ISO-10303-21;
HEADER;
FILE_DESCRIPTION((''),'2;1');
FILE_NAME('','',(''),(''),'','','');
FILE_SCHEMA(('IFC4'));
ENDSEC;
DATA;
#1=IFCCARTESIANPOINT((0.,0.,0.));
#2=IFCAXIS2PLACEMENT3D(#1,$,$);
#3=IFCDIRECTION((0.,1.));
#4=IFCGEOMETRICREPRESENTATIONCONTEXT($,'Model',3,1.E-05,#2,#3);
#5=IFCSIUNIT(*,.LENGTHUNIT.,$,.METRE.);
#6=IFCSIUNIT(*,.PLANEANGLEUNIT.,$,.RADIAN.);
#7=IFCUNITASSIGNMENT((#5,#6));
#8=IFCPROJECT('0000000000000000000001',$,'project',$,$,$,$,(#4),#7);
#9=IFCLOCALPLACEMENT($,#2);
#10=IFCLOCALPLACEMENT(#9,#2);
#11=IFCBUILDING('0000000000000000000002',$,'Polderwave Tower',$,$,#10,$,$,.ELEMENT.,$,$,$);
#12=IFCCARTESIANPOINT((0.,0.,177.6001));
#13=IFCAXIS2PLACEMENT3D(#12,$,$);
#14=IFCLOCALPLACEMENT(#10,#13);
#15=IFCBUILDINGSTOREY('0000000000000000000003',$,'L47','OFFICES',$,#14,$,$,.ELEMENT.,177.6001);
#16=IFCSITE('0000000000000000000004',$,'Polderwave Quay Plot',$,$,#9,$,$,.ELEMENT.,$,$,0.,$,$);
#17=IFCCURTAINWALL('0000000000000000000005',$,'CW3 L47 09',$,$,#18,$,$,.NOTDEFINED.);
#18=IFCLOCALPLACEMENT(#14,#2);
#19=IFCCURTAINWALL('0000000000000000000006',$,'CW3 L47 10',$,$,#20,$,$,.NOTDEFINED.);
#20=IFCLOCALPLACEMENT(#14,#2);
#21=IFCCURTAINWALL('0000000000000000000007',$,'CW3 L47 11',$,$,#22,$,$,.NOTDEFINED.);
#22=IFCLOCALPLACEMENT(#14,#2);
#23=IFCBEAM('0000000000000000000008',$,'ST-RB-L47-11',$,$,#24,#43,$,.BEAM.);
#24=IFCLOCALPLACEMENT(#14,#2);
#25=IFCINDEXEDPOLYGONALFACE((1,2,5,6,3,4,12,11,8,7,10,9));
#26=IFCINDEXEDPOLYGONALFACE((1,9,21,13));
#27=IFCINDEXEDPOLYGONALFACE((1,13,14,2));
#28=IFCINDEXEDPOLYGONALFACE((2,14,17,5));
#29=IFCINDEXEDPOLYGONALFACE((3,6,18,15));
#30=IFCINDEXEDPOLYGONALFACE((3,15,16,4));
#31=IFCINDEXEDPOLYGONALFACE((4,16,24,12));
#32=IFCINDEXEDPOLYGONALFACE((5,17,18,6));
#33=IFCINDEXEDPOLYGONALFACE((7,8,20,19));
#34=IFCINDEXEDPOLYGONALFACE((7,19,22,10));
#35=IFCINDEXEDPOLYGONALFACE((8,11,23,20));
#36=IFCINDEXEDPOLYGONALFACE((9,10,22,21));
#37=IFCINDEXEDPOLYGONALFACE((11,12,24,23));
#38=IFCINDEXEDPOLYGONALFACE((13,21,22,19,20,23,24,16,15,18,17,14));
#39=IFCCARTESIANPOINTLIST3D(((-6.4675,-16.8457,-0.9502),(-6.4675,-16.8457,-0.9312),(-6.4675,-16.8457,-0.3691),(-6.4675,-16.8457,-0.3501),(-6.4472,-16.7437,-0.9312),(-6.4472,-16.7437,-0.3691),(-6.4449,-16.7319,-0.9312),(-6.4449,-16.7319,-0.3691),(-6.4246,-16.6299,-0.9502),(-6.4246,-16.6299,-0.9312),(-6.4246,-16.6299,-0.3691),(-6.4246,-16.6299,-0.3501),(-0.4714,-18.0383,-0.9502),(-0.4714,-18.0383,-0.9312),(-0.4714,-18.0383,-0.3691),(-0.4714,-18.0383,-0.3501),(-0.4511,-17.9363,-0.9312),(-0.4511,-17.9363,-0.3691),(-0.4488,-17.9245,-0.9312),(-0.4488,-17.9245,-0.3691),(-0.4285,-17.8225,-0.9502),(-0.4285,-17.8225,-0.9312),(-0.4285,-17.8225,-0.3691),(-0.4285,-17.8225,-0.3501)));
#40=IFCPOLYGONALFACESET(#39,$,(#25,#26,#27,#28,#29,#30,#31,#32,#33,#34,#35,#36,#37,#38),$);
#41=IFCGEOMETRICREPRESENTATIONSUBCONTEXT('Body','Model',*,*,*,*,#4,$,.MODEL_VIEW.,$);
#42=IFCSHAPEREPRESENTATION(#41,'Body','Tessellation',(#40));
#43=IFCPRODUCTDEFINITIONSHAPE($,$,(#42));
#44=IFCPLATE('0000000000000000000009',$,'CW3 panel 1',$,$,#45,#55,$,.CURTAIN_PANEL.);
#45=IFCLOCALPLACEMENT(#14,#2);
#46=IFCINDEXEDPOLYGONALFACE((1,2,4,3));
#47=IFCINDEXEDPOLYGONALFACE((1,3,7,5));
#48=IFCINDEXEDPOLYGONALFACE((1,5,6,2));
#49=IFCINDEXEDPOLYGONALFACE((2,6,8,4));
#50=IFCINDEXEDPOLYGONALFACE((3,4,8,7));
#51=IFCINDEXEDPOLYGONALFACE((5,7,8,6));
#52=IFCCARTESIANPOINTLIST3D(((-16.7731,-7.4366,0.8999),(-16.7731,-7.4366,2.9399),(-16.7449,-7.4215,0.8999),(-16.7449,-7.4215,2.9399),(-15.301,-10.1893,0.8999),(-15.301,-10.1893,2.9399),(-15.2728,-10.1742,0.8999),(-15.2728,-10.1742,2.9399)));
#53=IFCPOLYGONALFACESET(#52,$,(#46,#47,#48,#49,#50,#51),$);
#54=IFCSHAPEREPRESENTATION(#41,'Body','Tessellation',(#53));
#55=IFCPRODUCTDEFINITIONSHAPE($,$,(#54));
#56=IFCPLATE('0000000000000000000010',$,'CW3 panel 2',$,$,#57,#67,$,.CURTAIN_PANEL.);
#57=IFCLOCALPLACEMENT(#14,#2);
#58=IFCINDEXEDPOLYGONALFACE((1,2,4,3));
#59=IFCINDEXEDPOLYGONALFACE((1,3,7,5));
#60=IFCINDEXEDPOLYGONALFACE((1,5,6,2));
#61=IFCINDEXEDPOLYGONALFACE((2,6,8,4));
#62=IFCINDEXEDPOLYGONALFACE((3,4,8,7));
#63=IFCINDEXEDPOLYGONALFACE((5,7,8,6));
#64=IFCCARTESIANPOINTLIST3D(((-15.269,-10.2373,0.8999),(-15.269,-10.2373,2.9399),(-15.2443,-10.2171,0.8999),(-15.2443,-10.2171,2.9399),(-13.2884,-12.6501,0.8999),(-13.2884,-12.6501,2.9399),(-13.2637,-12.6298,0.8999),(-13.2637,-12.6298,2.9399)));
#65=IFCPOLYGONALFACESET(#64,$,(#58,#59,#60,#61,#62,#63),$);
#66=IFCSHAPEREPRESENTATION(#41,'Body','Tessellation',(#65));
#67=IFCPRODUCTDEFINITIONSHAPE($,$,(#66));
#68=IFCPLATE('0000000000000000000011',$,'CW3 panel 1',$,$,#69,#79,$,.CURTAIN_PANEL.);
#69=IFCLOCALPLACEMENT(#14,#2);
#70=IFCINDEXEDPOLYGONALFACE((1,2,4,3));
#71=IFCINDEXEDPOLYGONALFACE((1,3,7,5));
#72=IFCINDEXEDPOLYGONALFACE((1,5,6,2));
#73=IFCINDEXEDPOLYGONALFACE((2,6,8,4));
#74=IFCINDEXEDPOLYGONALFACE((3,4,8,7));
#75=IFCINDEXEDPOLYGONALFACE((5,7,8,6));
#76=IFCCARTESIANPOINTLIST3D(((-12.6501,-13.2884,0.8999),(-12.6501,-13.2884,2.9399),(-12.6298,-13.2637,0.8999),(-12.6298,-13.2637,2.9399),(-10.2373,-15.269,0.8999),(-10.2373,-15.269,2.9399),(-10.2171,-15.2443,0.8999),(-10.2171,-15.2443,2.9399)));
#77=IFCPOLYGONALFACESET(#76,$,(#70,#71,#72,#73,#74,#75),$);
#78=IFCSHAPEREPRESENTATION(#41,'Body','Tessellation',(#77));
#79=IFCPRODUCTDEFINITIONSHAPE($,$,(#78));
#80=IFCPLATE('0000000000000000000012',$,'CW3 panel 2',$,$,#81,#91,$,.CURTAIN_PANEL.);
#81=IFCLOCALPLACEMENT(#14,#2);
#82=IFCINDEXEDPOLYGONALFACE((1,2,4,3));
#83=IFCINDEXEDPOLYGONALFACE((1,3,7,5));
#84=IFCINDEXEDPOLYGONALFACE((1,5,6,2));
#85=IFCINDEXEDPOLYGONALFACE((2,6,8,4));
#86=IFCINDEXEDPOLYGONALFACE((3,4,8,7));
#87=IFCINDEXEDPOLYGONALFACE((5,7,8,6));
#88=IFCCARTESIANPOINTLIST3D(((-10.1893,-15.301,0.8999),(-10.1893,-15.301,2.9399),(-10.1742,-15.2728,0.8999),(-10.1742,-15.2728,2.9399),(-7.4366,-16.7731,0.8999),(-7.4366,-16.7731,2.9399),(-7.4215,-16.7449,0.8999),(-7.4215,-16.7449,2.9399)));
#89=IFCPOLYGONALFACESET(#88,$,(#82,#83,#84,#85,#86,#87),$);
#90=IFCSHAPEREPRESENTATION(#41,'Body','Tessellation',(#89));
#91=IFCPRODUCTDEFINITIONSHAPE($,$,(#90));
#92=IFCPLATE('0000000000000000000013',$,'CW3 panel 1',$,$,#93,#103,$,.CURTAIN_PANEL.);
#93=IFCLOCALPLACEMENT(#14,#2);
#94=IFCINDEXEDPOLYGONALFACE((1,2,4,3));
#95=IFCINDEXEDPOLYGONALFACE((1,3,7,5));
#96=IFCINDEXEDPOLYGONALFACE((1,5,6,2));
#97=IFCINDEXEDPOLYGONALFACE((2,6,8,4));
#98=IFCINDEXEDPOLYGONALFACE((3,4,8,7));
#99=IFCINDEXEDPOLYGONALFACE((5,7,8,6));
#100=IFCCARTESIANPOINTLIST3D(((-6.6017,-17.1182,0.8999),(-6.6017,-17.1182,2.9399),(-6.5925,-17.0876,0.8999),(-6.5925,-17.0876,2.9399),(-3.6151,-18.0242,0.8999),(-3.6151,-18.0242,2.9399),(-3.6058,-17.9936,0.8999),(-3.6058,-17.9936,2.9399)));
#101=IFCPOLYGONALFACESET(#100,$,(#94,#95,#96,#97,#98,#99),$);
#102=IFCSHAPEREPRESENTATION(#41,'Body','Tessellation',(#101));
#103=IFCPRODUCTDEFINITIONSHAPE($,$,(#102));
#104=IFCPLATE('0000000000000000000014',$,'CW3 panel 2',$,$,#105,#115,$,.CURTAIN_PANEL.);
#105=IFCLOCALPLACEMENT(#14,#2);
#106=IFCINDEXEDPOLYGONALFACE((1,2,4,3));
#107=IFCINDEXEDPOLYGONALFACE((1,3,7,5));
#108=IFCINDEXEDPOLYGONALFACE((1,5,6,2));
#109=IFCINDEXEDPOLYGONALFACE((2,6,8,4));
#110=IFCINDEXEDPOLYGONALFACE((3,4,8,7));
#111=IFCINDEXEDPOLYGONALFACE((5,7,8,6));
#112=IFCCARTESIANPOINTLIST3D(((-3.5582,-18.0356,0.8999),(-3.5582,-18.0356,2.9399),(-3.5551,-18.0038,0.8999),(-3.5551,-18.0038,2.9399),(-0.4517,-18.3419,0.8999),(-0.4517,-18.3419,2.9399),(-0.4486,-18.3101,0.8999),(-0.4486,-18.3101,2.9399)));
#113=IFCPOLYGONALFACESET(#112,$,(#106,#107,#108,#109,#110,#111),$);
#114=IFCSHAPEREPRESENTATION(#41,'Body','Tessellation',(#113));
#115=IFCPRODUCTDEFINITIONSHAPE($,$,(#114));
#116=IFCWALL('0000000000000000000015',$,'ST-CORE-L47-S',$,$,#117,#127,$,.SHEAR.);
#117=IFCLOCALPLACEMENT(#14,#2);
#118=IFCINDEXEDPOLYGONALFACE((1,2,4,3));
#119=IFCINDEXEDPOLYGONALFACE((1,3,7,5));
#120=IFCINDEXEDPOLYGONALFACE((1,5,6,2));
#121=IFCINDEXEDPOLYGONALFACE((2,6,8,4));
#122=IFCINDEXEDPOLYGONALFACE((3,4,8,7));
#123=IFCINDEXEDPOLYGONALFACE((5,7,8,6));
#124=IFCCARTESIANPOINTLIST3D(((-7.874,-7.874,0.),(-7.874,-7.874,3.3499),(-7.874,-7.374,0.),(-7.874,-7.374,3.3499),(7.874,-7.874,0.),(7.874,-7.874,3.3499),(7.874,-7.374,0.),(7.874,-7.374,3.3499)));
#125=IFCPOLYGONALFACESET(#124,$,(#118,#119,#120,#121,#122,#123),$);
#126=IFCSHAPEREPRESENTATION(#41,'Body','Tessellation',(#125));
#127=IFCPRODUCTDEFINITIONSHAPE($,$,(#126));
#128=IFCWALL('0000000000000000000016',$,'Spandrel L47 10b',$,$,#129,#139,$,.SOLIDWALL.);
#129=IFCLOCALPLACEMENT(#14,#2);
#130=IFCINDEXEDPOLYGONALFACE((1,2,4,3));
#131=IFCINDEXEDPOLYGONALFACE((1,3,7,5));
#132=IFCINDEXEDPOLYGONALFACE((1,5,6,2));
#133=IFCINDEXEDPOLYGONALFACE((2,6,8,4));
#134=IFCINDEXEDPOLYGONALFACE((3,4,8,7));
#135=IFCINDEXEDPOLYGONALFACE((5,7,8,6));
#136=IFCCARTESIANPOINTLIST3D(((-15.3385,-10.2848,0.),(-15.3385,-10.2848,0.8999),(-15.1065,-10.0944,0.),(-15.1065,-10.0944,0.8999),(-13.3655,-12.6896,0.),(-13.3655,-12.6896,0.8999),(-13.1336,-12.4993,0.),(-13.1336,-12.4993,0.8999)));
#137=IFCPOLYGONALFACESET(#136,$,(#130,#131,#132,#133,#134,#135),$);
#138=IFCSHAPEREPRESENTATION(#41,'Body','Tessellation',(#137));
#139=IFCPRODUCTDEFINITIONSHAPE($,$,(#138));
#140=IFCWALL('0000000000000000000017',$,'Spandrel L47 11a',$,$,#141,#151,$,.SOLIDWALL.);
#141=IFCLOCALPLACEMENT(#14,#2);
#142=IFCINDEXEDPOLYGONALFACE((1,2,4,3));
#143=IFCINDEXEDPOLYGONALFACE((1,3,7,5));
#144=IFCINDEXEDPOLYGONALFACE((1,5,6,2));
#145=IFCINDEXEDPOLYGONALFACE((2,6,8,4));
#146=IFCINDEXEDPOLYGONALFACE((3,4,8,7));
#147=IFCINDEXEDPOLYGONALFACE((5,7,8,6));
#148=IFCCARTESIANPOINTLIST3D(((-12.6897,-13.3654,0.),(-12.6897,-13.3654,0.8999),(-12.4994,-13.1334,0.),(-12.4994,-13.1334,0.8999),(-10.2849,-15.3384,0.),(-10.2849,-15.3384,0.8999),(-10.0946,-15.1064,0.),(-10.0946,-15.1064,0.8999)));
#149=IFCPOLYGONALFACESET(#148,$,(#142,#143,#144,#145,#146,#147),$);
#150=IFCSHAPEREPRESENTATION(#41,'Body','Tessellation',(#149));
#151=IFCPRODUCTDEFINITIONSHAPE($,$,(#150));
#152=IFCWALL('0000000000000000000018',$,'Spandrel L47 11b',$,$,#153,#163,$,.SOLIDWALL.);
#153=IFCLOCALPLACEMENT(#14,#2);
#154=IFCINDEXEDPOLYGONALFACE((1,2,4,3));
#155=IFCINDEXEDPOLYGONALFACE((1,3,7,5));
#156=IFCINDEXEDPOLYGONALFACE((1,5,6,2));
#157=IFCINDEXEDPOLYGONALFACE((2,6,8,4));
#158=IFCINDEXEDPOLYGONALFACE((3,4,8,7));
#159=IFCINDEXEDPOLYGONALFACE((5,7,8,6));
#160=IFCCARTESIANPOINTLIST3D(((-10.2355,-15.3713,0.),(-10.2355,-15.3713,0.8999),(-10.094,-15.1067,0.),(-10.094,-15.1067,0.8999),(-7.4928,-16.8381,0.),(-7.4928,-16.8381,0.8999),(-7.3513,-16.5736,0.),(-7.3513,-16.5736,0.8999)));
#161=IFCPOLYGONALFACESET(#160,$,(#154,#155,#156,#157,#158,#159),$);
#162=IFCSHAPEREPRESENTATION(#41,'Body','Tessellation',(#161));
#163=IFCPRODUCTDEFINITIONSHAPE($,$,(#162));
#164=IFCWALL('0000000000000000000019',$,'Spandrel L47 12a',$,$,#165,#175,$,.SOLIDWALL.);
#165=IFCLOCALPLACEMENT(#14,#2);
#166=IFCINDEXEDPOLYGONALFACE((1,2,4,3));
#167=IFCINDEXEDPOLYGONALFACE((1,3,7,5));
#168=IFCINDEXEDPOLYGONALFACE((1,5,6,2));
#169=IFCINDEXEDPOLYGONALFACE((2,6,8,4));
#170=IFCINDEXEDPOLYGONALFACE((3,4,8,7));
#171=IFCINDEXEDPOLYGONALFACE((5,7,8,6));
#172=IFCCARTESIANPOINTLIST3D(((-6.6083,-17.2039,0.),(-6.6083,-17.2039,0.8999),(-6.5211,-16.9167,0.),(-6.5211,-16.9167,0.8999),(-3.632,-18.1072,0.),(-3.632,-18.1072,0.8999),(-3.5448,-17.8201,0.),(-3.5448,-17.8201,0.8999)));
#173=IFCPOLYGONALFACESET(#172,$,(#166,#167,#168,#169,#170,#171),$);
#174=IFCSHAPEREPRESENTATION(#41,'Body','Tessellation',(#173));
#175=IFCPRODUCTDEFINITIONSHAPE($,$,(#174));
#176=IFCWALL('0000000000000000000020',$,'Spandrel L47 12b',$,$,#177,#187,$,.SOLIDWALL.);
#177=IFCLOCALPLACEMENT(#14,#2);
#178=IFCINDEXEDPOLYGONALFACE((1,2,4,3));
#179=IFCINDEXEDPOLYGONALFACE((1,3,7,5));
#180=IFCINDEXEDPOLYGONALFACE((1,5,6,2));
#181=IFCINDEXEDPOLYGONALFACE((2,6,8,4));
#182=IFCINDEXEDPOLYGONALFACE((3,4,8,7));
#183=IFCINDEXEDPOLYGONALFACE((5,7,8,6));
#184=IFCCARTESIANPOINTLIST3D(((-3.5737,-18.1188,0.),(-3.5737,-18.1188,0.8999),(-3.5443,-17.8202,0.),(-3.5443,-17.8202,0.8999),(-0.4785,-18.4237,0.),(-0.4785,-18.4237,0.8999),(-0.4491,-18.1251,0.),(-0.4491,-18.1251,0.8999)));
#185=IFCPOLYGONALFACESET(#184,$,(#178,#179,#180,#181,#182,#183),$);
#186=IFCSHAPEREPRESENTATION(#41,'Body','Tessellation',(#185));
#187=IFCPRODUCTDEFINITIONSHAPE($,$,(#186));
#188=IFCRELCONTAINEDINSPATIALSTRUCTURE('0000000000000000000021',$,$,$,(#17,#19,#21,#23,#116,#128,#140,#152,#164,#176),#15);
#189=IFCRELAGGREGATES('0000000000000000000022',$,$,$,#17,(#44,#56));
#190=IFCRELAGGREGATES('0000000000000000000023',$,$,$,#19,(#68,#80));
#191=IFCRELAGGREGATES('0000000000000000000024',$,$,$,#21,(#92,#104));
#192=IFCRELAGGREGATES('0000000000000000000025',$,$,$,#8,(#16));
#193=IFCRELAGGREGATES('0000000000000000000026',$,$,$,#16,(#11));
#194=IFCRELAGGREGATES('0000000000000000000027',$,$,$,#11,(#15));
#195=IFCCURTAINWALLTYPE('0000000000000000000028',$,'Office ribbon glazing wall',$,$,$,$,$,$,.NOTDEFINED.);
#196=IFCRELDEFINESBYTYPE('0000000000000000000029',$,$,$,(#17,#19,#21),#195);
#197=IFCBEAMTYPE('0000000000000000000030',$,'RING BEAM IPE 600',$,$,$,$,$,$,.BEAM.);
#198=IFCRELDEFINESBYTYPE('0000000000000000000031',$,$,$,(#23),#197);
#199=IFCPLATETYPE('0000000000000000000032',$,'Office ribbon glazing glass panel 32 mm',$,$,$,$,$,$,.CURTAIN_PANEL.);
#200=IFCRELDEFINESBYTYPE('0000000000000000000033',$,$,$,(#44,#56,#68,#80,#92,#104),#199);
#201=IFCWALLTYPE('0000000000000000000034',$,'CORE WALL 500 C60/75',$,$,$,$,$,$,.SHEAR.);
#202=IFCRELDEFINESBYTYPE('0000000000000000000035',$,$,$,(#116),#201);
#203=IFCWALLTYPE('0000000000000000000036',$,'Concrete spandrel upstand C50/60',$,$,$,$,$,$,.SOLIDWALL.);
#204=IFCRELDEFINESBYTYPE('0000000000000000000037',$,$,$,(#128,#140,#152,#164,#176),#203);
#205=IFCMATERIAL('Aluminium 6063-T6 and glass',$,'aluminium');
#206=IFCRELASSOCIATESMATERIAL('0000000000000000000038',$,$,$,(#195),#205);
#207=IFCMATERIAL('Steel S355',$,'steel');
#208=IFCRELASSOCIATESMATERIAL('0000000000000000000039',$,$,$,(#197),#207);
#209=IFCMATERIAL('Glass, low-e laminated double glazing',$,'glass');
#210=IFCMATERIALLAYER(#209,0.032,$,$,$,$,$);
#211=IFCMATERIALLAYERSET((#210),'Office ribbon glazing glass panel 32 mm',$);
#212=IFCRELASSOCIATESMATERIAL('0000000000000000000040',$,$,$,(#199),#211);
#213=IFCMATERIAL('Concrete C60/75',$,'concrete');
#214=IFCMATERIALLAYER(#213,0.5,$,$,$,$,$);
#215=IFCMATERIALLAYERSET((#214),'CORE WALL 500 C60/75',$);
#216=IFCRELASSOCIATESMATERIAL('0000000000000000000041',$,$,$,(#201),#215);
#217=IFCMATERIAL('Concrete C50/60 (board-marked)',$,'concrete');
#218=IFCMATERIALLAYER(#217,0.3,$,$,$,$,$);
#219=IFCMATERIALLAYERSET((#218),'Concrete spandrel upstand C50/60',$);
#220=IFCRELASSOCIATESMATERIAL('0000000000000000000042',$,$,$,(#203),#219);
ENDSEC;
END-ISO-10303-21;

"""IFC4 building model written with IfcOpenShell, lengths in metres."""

from ifc_helpers import new_model, si_unit, direction, frame, frame_2d, origin, origin_2d, place, context, subcontext, project, spatial, rectangle, i_section, extrude, material, layer, layer_set, material_profile, profile_set, type_object, element, aggregate, save


model = new_model("IFC4")

# Units and contexts
model_context = context("Model", 3, precision=1e-05, world=origin(), true_north=direction((0.0, 1.0)))
body_context = subcontext(model_context, "Body", "Model", "MODEL_VIEW")
ifc_project = project(units=[si_unit("LENGTHUNIT", "METRE"), si_unit("PLANEANGLEUNIT", "RADIAN")], contexts=[model_context])

# Site, building, storey
site_placement = place(None, origin())
site = spatial("IfcSite", under=ifc_project, at=site_placement, Name="Polderwave Quay Plot", CompositionType="ELEMENT", RefElevation=0.0)
building_placement = place(site_placement, origin())
building = spatial("IfcBuilding", under=site, at=building_placement, Name="Polderwave Tower", CompositionType="ELEMENT")
storey_placement = place(building_placement, frame((0.0, 0.0, 177.6001)))
storey = spatial("IfcBuildingStorey", under=building, at=storey_placement, Name="L47", Description="OFFICES", CompositionType="ELEMENT", Elevation=177.6001)

# Shared definitions
ifc_material_1 = material(Name="Concrete C60/75", Category="concrete")

# Curtain walls
ifc_material_2 = material(Name="Aluminium 6063-T6 and glass", Category="aluminium")
curtain_wall_type = type_object("IfcCurtainWallType", Name="Office ribbon glazing wall", PredefinedType="NOTDEFINED", material=ifc_material_2)
curtain_wall_1_placement = place(storey_placement, origin())
curtain_wall_1 = element("IfcCurtainWall", 1, at=curtain_wall_1_placement, inside=storey, type_object=curtain_wall_type, Name="CW3 L47 09", PredefinedType="NOTDEFINED")
curtain_wall_2_placement = place(storey_placement, origin())
curtain_wall_2 = element("IfcCurtainWall", 2, at=curtain_wall_2_placement, inside=storey, type_object=curtain_wall_type, Name="CW3 L47 10", PredefinedType="NOTDEFINED")
curtain_wall_3_placement = place(storey_placement, origin())
curtain_wall_3 = element("IfcCurtainWall", 3, at=curtain_wall_3_placement, inside=storey, type_object=curtain_wall_type, Name="CW3 L47 11", PredefinedType="NOTDEFINED")

# Beam
ifc_material_3 = material(Name="Steel S355", Category="steel")
ifc_material_profile_1 = material_profile(ifc_material_3, i_section(OverallWidth=0.22, OverallDepth=0.6001, WebThickness=0.012, FlangeThickness=0.019, at=origin_2d()), Name="IPE 600")
ifc_profile_set_1 = profile_set([ifc_material_profile_1], Name="Steel S355")
beam_type = type_object("IfcBeamType", Name="RING BEAM IPE 600", PredefinedType="BEAM", material=ifc_profile_set_1)
for number, where, z_axis, x_axis, name in (
    (4, (-6.446, -16.7378, -0.6501), (0.980787, -0.195079, 0.0), (0.195079, 0.980787, 0.0), "ST-RB-L47-11"),
):
    element("IfcBeam", number, at=place(storey_placement, frame(where, z_axis=z_axis, x_axis=x_axis)), inside=storey, type_object=beam_type, Name=name, PredefinedType="BEAM", context=body_context, shape_type="SweptSolid", body=[
        extrude(i_section(OverallWidth=0.22, OverallDepth=0.6001, WebThickness=0.012, FlangeThickness=0.019, at=origin_2d()), origin(), (0.0, 0.0, 1.0), 6.1135),
    ])

# Plates
ifc_material_4 = material(Name="Glass, low-e laminated double glazing", Category="glass")
ifc_layer_1 = layer(ifc_material_4, 0.032)
ifc_layer_set_1 = layer_set([ifc_layer_1], Name="Office ribbon glazing glass panel 32 mm")
plate_type = type_object("IfcPlateType", Name="Office ribbon glazing glass panel 32 mm", PredefinedType="CURTAIN_PANEL", material=ifc_layer_set_1)
plate_1_placement = place(storey_placement, frame((-16.0229, -8.8054, 0.8999), z_axis=(0.0, 0.0, 1.0), x_axis=(0.47156, -0.881834, 0.0)))
plate_1 = element("IfcPlate", 5, at=plate_1_placement, type_object=plate_type, Name="CW3 panel 1", PredefinedType="CURTAIN_PANEL", context=body_context, shape_type="SweptSolid", body=[
    extrude(rectangle(XDim=3.1216, YDim=0.032, at=origin_2d()), origin(), (0.0, 0.0, 1.0), 2.04),
])
plate_2_placement = place(storey_placement, frame((-14.2664, -11.4336, 0.8999), z_axis=(0.0, 0.0, 1.0), x_axis=(0.634482, -0.772937, 0.0)))
plate_2 = element("IfcPlate", 6, at=plate_2_placement, type_object=plate_type, Name="CW3 panel 2", PredefinedType="CURTAIN_PANEL", context=body_context, shape_type="SweptSolid", body=[
    extrude(rectangle(XDim=3.1216, YDim=0.032, at=origin_2d()), origin(), (0.0, 0.0, 1.0), 2.04),
])
aggregate(curtain_wall_1, [plate_1, plate_2])
plate_3_placement = place(storey_placement, frame((-11.4336, -14.2664, 0.8999), z_axis=(0.0, 0.0, 1.0), x_axis=(0.772937, -0.634482, 0.0)))
plate_3 = element("IfcPlate", 7, at=plate_3_placement, type_object=plate_type, Name="CW3 panel 1", PredefinedType="CURTAIN_PANEL", context=body_context, shape_type="SweptSolid", body=[
    extrude(rectangle(XDim=3.1216, YDim=0.032, at=origin_2d()), origin(), (0.0, 0.0, 1.0), 2.04),
])
plate_4_placement = place(storey_placement, frame((-8.8054, -16.0229, 0.8999), z_axis=(0.0, 0.0, 1.0), x_axis=(0.881834, -0.47156, 0.0)))
plate_4 = element("IfcPlate", 8, at=plate_4_placement, type_object=plate_type, Name="CW3 panel 2", PredefinedType="CURTAIN_PANEL", context=body_context, shape_type="SweptSolid", body=[
    extrude(rectangle(XDim=3.1216, YDim=0.032, at=origin_2d()), origin(), (0.0, 0.0, 1.0), 2.04),
])
aggregate(curtain_wall_2, [plate_3, plate_4])
plate_5_placement = place(storey_placement, frame((-5.1038, -17.5559, 0.8999), z_axis=(0.0, 0.0, 1.0), x_axis=(0.956939, -0.29029, 0.0)))
plate_5 = element("IfcPlate", 9, at=plate_5_placement, type_object=plate_type, Name="CW3 panel 1", PredefinedType="CURTAIN_PANEL", context=body_context, shape_type="SweptSolid", body=[
    extrude(rectangle(XDim=3.1211, YDim=0.032, at=origin_2d()), origin(), (0.0, 0.0, 1.0), 2.04),
])
plate_6_placement = place(storey_placement, frame((-2.0034, -18.1729, 0.8999), z_axis=(0.0, 0.0, 1.0), x_axis=(0.995175, -0.09812, 0.0)))
plate_6 = element("IfcPlate", 10, at=plate_6_placement, type_object=plate_type, Name="CW3 panel 2", PredefinedType="CURTAIN_PANEL", context=body_context, shape_type="SweptSolid", body=[
    extrude(rectangle(XDim=3.1216, YDim=0.032, at=origin_2d()), origin(), (0.0, 0.0, 1.0), 2.04),
])
aggregate(curtain_wall_3, [plate_5, plate_6])

# Walls
ifc_layer_2 = layer(ifc_material_1, 0.5)
ifc_layer_set_2 = layer_set([ifc_layer_2], Name="CORE WALL 500 C60/75")
wall_type_1 = type_object("IfcWallType", Name="CORE WALL 500 C60/75", PredefinedType="SHEAR", material=ifc_layer_set_2)
wall_1_placement = place(storey_placement, frame((-7.874, -7.624, 0.0), z_axis=(0.0, 0.0, 1.0), x_axis=(1.0, 0.0, 0.0)))
element("IfcWall", 11, at=wall_1_placement, inside=storey, type_object=wall_type_1, Name="ST-CORE-L47-S", PredefinedType="SHEAR", context=body_context, shape_type="SweptSolid", body=[
    extrude(rectangle(XDim=15.748, YDim=0.5, at=frame_2d((7.874, 0.0))), origin(), (0.0, 0.0, 1.0), 3.3499),
])
ifc_material_5 = material(Name="Concrete C50/60 (board-marked)", Category="concrete")
ifc_layer_3 = layer(ifc_material_5, 0.3)
ifc_layer_set_3 = layer_set([ifc_layer_3], Name="Concrete spandrel upstand C50/60")
wall_type_2 = type_object("IfcWallType", Name="Concrete spandrel upstand C50/60", PredefinedType="SOLIDWALL", material=ifc_layer_set_3)
for number, where, z_axis, x_axis, name in (
    (12, (-15.2224, -10.1897, 0.0), (0.0, 0.0, 1.0), (0.634267, -0.773114, 0.0), "Spandrel L47 10b"),
    (13, (-12.5945, -13.2495, 0.0), (0.0, 0.0, 1.0), (0.773114, -0.634267, 0.0), "Spandrel L47 11a"),
):
    element("IfcWall", number, at=place(storey_placement, frame(where, z_axis=z_axis, x_axis=x_axis)), inside=storey, type_object=wall_type_2, Name=name, PredefinedType="SOLIDWALL", context=body_context, shape_type="SweptSolid", body=[
        extrude(rectangle(XDim=3.1106, YDim=0.3, at=frame_2d((1.5552, 0.0))), origin(), (0.0, 0.0, 1.0), 0.8999),
    ])
for number, where, z_axis, x_axis, name in (
    (14, (-10.1648, -15.239, 0.0), (0.0, 0.0, 1.0), (0.881813, -0.471598, 0.0), "Spandrel L47 11b"),
    (15, (-6.5647, -17.0603, 0.0), (0.0, 0.0, 1.0), (0.956899, -0.290421, 0.0), "Spandrel L47 12a"),
):
    element("IfcWall", number, at=place(storey_placement, frame(where, z_axis=z_axis, x_axis=x_axis)), inside=storey, type_object=wall_type_2, Name=name, PredefinedType="SOLIDWALL", context=body_context, shape_type="SweptSolid", body=[
        extrude(rectangle(XDim=3.1104, YDim=0.3, at=frame_2d((1.5552, 0.0))), origin(), (0.0, 0.0, 1.0), 0.8999),
    ])
wall_2_placement = place(storey_placement, frame((-3.5591, -17.9695, 0.0), z_axis=(0.0, 0.0, 1.0), x_axis=(0.995182, -0.098042, 0.0)))
element("IfcWall", 16, at=wall_2_placement, inside=storey, type_object=wall_type_2, Name="Spandrel L47 12b", PredefinedType="SOLIDWALL", context=body_context, shape_type="SweptSolid", body=[
    extrude(rectangle(XDim=3.1101, YDim=0.3, at=frame_2d((1.5552, 0.0))), origin(), (0.0, 0.0, 1.0), 0.8999),
])

save(model, "model.ifc")
